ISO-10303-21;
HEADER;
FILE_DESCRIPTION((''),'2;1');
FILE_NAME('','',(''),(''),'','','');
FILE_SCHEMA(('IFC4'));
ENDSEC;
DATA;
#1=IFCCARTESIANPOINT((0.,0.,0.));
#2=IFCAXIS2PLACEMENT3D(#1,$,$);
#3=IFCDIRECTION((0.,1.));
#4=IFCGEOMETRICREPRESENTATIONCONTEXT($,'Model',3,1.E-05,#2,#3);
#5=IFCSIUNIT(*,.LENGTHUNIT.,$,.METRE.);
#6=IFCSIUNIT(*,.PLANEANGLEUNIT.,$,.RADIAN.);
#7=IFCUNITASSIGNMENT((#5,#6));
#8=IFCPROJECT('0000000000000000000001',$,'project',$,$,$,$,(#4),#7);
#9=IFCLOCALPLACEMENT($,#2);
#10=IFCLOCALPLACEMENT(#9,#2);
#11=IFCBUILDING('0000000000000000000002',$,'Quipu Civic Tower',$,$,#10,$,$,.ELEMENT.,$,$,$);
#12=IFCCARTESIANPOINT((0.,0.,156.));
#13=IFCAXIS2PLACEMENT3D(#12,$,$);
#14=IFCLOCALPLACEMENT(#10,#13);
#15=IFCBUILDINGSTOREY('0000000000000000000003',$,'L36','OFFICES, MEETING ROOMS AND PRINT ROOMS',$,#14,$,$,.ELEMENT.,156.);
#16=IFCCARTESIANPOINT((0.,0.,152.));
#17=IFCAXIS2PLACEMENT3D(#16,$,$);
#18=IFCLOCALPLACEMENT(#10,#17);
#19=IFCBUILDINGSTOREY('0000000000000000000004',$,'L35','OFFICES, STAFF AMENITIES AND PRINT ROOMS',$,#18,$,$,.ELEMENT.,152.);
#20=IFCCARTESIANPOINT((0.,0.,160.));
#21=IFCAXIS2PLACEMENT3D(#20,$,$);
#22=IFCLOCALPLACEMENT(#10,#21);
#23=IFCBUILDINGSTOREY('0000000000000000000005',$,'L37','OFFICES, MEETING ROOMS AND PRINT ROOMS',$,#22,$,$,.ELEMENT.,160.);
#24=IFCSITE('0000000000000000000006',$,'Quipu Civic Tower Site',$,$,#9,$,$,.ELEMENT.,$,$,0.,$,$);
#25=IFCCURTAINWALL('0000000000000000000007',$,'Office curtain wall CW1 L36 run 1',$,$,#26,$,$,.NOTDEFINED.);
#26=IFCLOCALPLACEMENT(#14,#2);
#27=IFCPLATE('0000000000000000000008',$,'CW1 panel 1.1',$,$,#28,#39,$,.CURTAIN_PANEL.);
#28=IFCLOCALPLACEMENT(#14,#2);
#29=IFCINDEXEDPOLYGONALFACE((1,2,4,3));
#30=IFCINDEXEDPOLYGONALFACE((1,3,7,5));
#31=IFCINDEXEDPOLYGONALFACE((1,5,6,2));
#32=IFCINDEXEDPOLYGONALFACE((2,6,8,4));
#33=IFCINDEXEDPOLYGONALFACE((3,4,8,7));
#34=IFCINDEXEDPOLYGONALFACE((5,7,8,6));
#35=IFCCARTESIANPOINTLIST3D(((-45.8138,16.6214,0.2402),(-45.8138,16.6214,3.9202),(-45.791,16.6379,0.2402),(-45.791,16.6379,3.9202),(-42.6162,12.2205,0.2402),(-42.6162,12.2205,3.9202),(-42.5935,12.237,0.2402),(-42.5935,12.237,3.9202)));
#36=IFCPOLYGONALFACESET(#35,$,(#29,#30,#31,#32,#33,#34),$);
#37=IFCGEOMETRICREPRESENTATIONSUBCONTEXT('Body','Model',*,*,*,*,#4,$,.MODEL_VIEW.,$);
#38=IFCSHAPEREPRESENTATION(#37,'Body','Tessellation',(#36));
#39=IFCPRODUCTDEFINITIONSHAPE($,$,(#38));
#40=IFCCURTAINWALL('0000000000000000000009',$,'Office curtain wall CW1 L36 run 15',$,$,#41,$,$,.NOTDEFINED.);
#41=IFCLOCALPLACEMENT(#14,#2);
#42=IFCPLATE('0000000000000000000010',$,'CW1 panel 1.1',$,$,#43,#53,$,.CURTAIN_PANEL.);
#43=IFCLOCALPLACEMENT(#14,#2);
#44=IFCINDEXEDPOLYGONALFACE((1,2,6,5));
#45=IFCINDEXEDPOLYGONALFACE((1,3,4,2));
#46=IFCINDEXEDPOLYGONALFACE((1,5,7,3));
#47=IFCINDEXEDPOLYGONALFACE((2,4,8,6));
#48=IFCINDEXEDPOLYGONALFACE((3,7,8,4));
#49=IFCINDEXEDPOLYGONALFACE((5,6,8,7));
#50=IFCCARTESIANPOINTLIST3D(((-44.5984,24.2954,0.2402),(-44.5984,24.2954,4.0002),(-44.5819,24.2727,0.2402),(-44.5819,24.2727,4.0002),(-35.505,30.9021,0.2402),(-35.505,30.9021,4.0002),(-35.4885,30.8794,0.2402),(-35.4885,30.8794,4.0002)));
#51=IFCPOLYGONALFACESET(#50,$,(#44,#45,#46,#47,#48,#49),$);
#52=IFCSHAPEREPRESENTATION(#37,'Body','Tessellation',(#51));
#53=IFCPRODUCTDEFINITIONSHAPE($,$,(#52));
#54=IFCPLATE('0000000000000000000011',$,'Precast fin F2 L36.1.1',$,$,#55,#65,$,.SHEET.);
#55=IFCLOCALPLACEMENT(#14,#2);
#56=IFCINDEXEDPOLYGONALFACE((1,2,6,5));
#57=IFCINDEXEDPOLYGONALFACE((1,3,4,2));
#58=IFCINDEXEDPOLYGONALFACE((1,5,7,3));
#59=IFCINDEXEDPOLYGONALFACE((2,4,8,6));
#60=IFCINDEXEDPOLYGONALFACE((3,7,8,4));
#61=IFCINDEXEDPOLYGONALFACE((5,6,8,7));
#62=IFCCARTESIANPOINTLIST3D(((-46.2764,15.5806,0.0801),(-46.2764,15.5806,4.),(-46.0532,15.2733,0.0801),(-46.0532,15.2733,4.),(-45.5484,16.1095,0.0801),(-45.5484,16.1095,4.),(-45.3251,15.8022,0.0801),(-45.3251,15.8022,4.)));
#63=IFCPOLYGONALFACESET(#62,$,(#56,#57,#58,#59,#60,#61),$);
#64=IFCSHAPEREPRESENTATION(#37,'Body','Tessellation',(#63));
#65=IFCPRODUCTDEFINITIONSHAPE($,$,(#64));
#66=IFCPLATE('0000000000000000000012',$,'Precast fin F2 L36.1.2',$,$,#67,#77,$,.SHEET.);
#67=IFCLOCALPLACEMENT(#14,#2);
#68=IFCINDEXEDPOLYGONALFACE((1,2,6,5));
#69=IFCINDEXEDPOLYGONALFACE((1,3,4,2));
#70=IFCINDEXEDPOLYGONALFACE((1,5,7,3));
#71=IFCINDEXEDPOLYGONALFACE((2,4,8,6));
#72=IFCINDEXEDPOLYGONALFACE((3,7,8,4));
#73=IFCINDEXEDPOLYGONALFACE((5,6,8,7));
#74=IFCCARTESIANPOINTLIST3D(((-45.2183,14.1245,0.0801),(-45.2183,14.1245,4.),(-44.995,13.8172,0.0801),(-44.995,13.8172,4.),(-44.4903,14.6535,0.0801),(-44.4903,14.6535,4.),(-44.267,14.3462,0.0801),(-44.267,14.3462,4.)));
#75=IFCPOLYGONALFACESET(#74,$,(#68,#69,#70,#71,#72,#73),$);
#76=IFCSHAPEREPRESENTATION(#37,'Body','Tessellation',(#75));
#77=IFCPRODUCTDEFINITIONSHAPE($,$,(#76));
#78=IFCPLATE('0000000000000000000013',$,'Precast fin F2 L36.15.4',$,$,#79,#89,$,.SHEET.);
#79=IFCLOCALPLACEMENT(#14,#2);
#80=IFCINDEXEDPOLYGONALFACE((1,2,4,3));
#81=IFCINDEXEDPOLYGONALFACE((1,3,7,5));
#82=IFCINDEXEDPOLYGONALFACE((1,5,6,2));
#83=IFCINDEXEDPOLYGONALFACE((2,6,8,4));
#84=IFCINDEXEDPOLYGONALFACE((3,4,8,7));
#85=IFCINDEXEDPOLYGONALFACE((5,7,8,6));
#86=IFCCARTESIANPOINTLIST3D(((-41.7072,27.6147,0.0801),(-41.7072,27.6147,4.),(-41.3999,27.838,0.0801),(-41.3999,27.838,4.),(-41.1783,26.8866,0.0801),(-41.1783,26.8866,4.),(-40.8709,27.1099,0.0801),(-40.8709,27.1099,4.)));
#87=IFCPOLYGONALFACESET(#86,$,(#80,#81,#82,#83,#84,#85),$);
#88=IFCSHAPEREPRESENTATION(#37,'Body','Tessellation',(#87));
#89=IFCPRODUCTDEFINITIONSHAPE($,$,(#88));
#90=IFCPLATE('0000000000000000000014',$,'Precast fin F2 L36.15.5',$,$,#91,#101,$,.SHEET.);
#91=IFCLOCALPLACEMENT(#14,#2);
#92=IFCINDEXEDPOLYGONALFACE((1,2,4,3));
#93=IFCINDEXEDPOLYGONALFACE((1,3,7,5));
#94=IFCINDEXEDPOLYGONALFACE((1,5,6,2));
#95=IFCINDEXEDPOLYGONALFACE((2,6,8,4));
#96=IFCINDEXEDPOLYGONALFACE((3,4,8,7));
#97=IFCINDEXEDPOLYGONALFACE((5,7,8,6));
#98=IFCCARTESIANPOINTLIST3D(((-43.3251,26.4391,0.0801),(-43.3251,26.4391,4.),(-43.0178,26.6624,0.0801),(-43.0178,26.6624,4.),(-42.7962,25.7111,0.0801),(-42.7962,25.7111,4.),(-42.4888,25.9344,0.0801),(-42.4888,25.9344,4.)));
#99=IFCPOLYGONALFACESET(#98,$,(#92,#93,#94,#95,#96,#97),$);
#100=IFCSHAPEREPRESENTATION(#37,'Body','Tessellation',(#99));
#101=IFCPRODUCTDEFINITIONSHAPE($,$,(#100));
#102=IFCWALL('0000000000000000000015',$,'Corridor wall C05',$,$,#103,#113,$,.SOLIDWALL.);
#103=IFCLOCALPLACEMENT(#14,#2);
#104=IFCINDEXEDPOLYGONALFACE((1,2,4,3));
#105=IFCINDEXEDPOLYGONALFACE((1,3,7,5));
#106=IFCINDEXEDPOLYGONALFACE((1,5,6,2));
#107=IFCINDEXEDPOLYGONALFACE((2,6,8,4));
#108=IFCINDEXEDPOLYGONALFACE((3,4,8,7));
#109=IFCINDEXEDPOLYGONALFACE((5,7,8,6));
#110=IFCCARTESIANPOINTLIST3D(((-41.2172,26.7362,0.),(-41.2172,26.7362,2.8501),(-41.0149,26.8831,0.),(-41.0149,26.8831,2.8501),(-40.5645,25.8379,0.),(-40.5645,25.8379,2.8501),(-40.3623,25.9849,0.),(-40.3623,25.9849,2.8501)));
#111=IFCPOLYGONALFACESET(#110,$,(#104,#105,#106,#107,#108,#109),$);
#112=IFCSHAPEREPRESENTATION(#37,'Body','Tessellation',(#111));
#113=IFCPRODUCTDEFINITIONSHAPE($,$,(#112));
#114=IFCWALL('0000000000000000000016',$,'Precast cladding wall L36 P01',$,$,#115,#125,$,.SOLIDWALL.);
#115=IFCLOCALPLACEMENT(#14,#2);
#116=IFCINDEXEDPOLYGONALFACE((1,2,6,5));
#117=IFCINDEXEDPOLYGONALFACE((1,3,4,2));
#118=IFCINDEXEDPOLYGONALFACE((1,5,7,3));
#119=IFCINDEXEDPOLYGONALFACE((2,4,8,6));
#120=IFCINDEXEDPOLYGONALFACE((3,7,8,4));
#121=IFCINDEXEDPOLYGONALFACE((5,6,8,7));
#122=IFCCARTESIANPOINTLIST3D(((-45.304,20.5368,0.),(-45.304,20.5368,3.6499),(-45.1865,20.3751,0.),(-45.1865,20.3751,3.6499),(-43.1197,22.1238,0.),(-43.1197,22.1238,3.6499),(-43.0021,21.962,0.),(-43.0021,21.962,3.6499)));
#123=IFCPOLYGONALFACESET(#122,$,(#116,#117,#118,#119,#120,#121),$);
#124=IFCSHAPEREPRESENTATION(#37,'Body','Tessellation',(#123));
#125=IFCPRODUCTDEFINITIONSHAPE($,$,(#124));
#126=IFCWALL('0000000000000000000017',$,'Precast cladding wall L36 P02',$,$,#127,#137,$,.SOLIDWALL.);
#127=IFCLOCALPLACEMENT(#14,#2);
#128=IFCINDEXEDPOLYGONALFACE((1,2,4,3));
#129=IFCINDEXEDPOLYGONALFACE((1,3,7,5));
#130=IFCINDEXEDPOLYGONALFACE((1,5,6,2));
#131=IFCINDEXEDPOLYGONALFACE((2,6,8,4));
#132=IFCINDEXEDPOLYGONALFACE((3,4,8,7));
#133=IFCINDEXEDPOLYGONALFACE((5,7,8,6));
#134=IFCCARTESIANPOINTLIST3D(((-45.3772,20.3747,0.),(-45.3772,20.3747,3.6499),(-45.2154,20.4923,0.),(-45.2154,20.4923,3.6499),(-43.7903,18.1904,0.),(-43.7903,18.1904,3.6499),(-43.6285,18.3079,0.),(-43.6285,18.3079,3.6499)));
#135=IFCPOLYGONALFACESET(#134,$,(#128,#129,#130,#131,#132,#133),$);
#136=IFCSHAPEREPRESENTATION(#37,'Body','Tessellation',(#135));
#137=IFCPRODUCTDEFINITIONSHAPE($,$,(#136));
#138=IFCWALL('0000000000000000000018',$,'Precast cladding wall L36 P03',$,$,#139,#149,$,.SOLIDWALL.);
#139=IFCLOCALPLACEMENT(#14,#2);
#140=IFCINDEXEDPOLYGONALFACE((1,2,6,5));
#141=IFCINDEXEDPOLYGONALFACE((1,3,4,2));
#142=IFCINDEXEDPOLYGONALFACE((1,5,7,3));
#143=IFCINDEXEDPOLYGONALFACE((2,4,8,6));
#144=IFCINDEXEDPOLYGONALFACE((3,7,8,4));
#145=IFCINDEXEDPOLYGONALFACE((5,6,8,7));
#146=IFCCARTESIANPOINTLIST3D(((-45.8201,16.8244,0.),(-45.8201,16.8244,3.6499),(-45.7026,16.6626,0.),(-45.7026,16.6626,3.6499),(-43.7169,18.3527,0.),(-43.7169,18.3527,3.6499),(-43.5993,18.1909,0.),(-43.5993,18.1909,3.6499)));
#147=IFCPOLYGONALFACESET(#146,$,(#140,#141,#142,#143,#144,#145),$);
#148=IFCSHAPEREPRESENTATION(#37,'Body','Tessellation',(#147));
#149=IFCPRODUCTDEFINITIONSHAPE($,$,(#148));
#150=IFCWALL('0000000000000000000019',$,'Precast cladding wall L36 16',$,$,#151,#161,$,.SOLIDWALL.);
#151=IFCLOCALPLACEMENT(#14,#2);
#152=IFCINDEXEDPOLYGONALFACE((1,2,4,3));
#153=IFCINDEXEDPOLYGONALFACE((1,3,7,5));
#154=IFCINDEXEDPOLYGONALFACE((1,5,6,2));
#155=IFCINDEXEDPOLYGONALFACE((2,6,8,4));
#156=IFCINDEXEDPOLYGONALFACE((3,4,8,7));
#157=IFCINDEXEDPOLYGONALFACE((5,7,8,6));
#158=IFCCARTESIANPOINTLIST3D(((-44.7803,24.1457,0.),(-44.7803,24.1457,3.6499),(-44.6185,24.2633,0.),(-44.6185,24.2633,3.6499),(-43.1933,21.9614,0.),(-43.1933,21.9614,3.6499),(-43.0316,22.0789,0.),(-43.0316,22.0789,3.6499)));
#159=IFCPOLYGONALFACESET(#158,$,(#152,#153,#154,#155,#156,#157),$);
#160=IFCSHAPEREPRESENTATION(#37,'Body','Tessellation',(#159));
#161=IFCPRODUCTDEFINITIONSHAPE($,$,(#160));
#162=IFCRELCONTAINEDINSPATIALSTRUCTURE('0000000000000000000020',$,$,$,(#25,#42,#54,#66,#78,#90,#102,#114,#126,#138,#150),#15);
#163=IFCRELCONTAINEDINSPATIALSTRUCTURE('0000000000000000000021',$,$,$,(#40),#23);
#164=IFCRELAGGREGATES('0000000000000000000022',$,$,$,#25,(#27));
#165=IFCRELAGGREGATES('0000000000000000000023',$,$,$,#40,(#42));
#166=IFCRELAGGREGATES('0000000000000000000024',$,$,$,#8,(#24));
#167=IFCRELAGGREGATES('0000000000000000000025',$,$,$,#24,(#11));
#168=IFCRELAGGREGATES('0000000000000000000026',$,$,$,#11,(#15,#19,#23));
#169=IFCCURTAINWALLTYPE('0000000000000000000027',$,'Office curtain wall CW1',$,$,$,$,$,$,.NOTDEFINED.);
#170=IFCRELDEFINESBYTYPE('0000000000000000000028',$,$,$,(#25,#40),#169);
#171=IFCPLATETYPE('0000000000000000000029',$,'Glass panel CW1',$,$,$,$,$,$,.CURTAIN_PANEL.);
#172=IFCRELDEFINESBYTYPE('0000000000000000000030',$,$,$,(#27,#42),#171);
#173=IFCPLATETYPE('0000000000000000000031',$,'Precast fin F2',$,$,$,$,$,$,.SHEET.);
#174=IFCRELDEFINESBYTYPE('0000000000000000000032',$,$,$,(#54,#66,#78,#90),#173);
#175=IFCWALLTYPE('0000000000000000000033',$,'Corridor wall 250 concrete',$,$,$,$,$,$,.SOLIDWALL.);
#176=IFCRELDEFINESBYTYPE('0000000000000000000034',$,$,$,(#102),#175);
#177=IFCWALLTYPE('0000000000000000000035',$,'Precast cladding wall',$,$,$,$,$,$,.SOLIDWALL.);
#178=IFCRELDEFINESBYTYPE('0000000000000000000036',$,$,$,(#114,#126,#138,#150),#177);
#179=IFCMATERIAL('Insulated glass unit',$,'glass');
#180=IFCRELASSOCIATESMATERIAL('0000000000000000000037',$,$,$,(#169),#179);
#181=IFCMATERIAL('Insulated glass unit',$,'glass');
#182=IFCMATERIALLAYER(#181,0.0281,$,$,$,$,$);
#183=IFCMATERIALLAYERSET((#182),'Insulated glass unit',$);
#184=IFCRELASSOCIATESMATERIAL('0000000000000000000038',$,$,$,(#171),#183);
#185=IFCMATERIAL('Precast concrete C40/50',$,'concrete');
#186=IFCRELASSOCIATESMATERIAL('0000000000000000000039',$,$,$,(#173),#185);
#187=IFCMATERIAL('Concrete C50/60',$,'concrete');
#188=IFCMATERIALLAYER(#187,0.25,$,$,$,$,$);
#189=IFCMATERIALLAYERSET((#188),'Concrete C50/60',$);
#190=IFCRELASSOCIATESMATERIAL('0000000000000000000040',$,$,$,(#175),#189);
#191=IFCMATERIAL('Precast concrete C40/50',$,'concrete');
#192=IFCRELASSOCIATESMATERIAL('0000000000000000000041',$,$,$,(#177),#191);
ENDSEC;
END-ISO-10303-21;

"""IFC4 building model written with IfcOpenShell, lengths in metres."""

from ifc_helpers import new_model, si_unit, direction, frame, frame_2d, origin, origin_2d, place, context, subcontext, project, spatial, rectangle, extrude, material, layer, layer_set, type_object, element, aggregate, save


model = new_model("IFC4")

# Units and contexts
model_context = context("Model", 3, precision=1e-05, world=origin(), true_north=direction((0.0, 1.0)))
body_context = subcontext(model_context, "Body", "Model", "MODEL_VIEW")
ifc_project = project(units=[si_unit("LENGTHUNIT", "METRE"), si_unit("PLANEANGLEUNIT", "RADIAN")], contexts=[model_context])

# Site, building, storey
site_placement = place(None, origin())
site = spatial("IfcSite", under=ifc_project, at=site_placement, Name="Quipu Civic Tower Site", CompositionType="ELEMENT", RefElevation=0.0)
building_placement = place(site_placement, origin())
building = spatial("IfcBuilding", under=site, at=building_placement, Name="Quipu Civic Tower", CompositionType="ELEMENT")
storey_1_placement = place(building_placement, frame((0.0, 0.0, 156.0)))
storey_1 = spatial("IfcBuildingStorey", under=building, at=storey_1_placement, Name="L36", Description="OFFICES, MEETING ROOMS AND PRINT ROOMS", CompositionType="ELEMENT", Elevation=156.0)

# Curtain wall
ifc_material_1 = material(Name="Insulated glass unit", Category="glass")
curtain_wall_type = type_object("IfcCurtainWallType", Name="Office curtain wall CW1", PredefinedType="NOTDEFINED", material=ifc_material_1)
curtain_wall_1_placement = place(storey_1_placement, origin())
curtain_wall_1 = element("IfcCurtainWall", 1, at=curtain_wall_1_placement, inside=storey_1, type_object=curtain_wall_type, Name="Office curtain wall CW1 L36 run 1", PredefinedType="NOTDEFINED")

# Shared definitions
storey_2_placement = place(building_placement, frame((0.0, 0.0, 152.0)))
storey_2 = spatial("IfcBuildingStorey", under=building, at=storey_2_placement, Name="L35", Description="OFFICES, STAFF AMENITIES AND PRINT ROOMS", CompositionType="ELEMENT", Elevation=152.0)

# Plate
ifc_material_2 = material(Name="Insulated glass unit", Category="glass")
ifc_layer_1 = layer(ifc_material_2, 0.0281)
ifc_layer_set_1 = layer_set([ifc_layer_1], Name="Insulated glass unit")
plate_type_1 = type_object("IfcPlateType", Name="Glass panel CW1", PredefinedType="CURTAIN_PANEL", material=ifc_layer_set_1)
plate_1_placement = place(storey_1_placement, frame((-44.2036, 14.4292, 0.2402), z_axis=(0.0, 0.0, 1.0), x_axis=(0.587794, -0.809011, 0.0)))
plate_1 = element("IfcPlate", 2, at=plate_1_placement, type_object=plate_type_1, Name="CW1 panel 1.1", PredefinedType="CURTAIN_PANEL", context=body_context, shape_type="SweptSolid", body=[
    extrude(rectangle(XDim=5.4399, YDim=0.0281, at=origin_2d()), origin(), (0.0, 0.0, 1.0), 3.6799),
])
aggregate(curtain_wall_1, [plate_1])

# Shared definitions
storey_3_placement = place(building_placement, frame((0.0, 0.0, 160.0)))
storey_3 = spatial("IfcBuildingStorey", under=building, at=storey_3_placement, Name="L37", Description="OFFICES, MEETING ROOMS AND PRINT ROOMS", CompositionType="ELEMENT", Elevation=160.0)

# Curtain wall, plate
curtain_wall_2_placement = place(storey_3_placement, origin())
curtain_wall_2 = element("IfcCurtainWall", 3, at=curtain_wall_2_placement, inside=storey_3, type_object=curtain_wall_type, Name="Office curtain wall CW1 L36 run 15", PredefinedType="NOTDEFINED")
plate_2_placement = place(storey_1_placement, frame((-40.0435, 27.5874, 0.2402), z_axis=(0.0, 0.0, 1.0), x_axis=(-0.809015, -0.587788, 0.0)))
plate_2 = element("IfcPlate", 4, at=plate_2_placement, inside=storey_1, type_object=plate_type_1, Name="CW1 panel 1.1", PredefinedType="CURTAIN_PANEL", context=body_context, shape_type="SweptSolid", body=[
    extrude(rectangle(XDim=11.24, YDim=0.0281, at=origin_2d()), origin(), (0.0, 0.0, 1.0), 3.76),
])
aggregate(curtain_wall_2, [plate_2])

# Plates
ifc_material_3 = material(Name="Precast concrete C40/50", Category="concrete")
plate_type_2 = type_object("IfcPlateType", Name="Precast fin F2", PredefinedType="SHEET", material=ifc_material_3)
for number, where, z_axis, x_axis, name in (
    (5, (-45.8008, 15.6914, 0.0801), (0.0, 0.0, 1.0), (0.587788, -0.809015, 0.0), "Precast fin F2 L36.1.1"),
    (6, (-44.7427, 14.2354, 0.0801), (0.0, 0.0, 1.0), (0.587788, -0.809015, 0.0), "Precast fin F2 L36.1.2"),
    (7, (-41.2891, 27.3623, 0.0801), (0.0, 0.0, 1.0), (-0.809017, -0.587785, 0.0), "Precast fin F2 L36.15.4"),
    (8, (-42.907, 26.1868, 0.0801), (0.0, 0.0, 1.0), (-0.809017, -0.587785, 0.0), "Precast fin F2 L36.15.5"),
):
    element("IfcPlate", number, at=place(storey_1_placement, frame(where, z_axis=z_axis, x_axis=x_axis)), inside=storey_1, type_object=plate_type_2, Name=name, PredefinedType="SHEET", context=body_context, shape_type="SweptSolid", body=[
        extrude(rectangle(XDim=0.3799, YDim=0.8999, at=origin_2d()), origin(), (0.0, 0.0, 1.0), 3.9199),
    ])

# Walls
ifc_material_4 = material(Name="Concrete C50/60", Category="concrete")
ifc_layer_2 = layer(ifc_material_4, 0.25)
ifc_layer_set_2 = layer_set([ifc_layer_2], Name="Concrete C50/60")
wall_type_1 = type_object("IfcWallType", Name="Corridor wall 250 concrete", PredefinedType="SOLIDWALL", material=ifc_layer_set_2)
wall_1_placement = place(storey_1_placement, frame((-40.4634, 25.9114, 0.0), z_axis=(0.0, 0.0, 1.0), x_axis=(-0.587792, 0.809012, 0.0)))
element("IfcWall", 9, at=wall_1_placement, inside=storey_1, type_object=wall_type_1, Name="Corridor wall C05", PredefinedType="SOLIDWALL", context=body_context, shape_type="SweptSolid", body=[
    extrude(rectangle(XDim=1.1104, YDim=0.25, at=frame_2d((0.5552, 0.0))), origin(), (0.0, 0.0, 1.0), 2.8501),
])
ifc_material_5 = material(Name="Precast concrete C40/50", Category="concrete")
wall_type_2 = type_object("IfcWallType", Name="Precast cladding wall", PredefinedType="SOLIDWALL", material=ifc_material_5)
for number, where, z_axis, x_axis, name in (
    (10, (-43.0608, 22.043, 0.0), (0.0, 0.0, 1.0), (-0.809033, -0.587763, 0.0), "Precast cladding wall L36 P01"),
    (11, (-45.2964, 20.4336, 0.0), (0.0, 0.0, 1.0), (0.587763, -0.809033, 0.0), "Precast cladding wall L36 P02"),
):
    element("IfcWall", number, at=place(storey_1_placement, frame(where, z_axis=z_axis, x_axis=x_axis)), inside=storey_1, type_object=wall_type_2, Name=name, PredefinedType="SOLIDWALL", context=body_context, shape_type="SweptSolid", body=[
        extrude(rectangle(XDim=2.7, YDim=0.2, at=frame_2d((1.3501, 0.0))), origin(), (0.0, 0.0, 1.0), 3.6499),
    ])
wall_2_placement = place(storey_1_placement, frame((-43.6582, 18.2717, 0.0), z_axis=(0.0, 0.0, 1.0), x_axis=(-0.80898, -0.587837, 0.0)))
element("IfcWall", 12, at=wall_2_placement, inside=storey_1, type_object=wall_type_2, Name="Precast cladding wall L36 P03", PredefinedType="SOLIDWALL", context=body_context, shape_type="SweptSolid", body=[
    extrude(rectangle(XDim=2.5999, YDim=0.2, at=frame_2d((1.2998, 0.0))), origin(), (0.0, 0.0, 1.0), 3.6499),
])
wall_3_placement = place(storey_1_placement, frame((-44.6995, 24.2046, 0.0), z_axis=(0.0, 0.0, 1.0), x_axis=(0.587763, -0.809033, 0.0)))
element("IfcWall", 13, at=wall_3_placement, inside=storey_1, type_object=wall_type_2, Name="Precast cladding wall L36 16", PredefinedType="SOLIDWALL", context=body_context, shape_type="SweptSolid", body=[
    extrude(rectangle(XDim=2.7, YDim=0.2, at=frame_2d((1.3501, 0.0))), origin(), (0.0, 0.0, 1.0), 3.6499),
])

save(model, "model.ifc")
